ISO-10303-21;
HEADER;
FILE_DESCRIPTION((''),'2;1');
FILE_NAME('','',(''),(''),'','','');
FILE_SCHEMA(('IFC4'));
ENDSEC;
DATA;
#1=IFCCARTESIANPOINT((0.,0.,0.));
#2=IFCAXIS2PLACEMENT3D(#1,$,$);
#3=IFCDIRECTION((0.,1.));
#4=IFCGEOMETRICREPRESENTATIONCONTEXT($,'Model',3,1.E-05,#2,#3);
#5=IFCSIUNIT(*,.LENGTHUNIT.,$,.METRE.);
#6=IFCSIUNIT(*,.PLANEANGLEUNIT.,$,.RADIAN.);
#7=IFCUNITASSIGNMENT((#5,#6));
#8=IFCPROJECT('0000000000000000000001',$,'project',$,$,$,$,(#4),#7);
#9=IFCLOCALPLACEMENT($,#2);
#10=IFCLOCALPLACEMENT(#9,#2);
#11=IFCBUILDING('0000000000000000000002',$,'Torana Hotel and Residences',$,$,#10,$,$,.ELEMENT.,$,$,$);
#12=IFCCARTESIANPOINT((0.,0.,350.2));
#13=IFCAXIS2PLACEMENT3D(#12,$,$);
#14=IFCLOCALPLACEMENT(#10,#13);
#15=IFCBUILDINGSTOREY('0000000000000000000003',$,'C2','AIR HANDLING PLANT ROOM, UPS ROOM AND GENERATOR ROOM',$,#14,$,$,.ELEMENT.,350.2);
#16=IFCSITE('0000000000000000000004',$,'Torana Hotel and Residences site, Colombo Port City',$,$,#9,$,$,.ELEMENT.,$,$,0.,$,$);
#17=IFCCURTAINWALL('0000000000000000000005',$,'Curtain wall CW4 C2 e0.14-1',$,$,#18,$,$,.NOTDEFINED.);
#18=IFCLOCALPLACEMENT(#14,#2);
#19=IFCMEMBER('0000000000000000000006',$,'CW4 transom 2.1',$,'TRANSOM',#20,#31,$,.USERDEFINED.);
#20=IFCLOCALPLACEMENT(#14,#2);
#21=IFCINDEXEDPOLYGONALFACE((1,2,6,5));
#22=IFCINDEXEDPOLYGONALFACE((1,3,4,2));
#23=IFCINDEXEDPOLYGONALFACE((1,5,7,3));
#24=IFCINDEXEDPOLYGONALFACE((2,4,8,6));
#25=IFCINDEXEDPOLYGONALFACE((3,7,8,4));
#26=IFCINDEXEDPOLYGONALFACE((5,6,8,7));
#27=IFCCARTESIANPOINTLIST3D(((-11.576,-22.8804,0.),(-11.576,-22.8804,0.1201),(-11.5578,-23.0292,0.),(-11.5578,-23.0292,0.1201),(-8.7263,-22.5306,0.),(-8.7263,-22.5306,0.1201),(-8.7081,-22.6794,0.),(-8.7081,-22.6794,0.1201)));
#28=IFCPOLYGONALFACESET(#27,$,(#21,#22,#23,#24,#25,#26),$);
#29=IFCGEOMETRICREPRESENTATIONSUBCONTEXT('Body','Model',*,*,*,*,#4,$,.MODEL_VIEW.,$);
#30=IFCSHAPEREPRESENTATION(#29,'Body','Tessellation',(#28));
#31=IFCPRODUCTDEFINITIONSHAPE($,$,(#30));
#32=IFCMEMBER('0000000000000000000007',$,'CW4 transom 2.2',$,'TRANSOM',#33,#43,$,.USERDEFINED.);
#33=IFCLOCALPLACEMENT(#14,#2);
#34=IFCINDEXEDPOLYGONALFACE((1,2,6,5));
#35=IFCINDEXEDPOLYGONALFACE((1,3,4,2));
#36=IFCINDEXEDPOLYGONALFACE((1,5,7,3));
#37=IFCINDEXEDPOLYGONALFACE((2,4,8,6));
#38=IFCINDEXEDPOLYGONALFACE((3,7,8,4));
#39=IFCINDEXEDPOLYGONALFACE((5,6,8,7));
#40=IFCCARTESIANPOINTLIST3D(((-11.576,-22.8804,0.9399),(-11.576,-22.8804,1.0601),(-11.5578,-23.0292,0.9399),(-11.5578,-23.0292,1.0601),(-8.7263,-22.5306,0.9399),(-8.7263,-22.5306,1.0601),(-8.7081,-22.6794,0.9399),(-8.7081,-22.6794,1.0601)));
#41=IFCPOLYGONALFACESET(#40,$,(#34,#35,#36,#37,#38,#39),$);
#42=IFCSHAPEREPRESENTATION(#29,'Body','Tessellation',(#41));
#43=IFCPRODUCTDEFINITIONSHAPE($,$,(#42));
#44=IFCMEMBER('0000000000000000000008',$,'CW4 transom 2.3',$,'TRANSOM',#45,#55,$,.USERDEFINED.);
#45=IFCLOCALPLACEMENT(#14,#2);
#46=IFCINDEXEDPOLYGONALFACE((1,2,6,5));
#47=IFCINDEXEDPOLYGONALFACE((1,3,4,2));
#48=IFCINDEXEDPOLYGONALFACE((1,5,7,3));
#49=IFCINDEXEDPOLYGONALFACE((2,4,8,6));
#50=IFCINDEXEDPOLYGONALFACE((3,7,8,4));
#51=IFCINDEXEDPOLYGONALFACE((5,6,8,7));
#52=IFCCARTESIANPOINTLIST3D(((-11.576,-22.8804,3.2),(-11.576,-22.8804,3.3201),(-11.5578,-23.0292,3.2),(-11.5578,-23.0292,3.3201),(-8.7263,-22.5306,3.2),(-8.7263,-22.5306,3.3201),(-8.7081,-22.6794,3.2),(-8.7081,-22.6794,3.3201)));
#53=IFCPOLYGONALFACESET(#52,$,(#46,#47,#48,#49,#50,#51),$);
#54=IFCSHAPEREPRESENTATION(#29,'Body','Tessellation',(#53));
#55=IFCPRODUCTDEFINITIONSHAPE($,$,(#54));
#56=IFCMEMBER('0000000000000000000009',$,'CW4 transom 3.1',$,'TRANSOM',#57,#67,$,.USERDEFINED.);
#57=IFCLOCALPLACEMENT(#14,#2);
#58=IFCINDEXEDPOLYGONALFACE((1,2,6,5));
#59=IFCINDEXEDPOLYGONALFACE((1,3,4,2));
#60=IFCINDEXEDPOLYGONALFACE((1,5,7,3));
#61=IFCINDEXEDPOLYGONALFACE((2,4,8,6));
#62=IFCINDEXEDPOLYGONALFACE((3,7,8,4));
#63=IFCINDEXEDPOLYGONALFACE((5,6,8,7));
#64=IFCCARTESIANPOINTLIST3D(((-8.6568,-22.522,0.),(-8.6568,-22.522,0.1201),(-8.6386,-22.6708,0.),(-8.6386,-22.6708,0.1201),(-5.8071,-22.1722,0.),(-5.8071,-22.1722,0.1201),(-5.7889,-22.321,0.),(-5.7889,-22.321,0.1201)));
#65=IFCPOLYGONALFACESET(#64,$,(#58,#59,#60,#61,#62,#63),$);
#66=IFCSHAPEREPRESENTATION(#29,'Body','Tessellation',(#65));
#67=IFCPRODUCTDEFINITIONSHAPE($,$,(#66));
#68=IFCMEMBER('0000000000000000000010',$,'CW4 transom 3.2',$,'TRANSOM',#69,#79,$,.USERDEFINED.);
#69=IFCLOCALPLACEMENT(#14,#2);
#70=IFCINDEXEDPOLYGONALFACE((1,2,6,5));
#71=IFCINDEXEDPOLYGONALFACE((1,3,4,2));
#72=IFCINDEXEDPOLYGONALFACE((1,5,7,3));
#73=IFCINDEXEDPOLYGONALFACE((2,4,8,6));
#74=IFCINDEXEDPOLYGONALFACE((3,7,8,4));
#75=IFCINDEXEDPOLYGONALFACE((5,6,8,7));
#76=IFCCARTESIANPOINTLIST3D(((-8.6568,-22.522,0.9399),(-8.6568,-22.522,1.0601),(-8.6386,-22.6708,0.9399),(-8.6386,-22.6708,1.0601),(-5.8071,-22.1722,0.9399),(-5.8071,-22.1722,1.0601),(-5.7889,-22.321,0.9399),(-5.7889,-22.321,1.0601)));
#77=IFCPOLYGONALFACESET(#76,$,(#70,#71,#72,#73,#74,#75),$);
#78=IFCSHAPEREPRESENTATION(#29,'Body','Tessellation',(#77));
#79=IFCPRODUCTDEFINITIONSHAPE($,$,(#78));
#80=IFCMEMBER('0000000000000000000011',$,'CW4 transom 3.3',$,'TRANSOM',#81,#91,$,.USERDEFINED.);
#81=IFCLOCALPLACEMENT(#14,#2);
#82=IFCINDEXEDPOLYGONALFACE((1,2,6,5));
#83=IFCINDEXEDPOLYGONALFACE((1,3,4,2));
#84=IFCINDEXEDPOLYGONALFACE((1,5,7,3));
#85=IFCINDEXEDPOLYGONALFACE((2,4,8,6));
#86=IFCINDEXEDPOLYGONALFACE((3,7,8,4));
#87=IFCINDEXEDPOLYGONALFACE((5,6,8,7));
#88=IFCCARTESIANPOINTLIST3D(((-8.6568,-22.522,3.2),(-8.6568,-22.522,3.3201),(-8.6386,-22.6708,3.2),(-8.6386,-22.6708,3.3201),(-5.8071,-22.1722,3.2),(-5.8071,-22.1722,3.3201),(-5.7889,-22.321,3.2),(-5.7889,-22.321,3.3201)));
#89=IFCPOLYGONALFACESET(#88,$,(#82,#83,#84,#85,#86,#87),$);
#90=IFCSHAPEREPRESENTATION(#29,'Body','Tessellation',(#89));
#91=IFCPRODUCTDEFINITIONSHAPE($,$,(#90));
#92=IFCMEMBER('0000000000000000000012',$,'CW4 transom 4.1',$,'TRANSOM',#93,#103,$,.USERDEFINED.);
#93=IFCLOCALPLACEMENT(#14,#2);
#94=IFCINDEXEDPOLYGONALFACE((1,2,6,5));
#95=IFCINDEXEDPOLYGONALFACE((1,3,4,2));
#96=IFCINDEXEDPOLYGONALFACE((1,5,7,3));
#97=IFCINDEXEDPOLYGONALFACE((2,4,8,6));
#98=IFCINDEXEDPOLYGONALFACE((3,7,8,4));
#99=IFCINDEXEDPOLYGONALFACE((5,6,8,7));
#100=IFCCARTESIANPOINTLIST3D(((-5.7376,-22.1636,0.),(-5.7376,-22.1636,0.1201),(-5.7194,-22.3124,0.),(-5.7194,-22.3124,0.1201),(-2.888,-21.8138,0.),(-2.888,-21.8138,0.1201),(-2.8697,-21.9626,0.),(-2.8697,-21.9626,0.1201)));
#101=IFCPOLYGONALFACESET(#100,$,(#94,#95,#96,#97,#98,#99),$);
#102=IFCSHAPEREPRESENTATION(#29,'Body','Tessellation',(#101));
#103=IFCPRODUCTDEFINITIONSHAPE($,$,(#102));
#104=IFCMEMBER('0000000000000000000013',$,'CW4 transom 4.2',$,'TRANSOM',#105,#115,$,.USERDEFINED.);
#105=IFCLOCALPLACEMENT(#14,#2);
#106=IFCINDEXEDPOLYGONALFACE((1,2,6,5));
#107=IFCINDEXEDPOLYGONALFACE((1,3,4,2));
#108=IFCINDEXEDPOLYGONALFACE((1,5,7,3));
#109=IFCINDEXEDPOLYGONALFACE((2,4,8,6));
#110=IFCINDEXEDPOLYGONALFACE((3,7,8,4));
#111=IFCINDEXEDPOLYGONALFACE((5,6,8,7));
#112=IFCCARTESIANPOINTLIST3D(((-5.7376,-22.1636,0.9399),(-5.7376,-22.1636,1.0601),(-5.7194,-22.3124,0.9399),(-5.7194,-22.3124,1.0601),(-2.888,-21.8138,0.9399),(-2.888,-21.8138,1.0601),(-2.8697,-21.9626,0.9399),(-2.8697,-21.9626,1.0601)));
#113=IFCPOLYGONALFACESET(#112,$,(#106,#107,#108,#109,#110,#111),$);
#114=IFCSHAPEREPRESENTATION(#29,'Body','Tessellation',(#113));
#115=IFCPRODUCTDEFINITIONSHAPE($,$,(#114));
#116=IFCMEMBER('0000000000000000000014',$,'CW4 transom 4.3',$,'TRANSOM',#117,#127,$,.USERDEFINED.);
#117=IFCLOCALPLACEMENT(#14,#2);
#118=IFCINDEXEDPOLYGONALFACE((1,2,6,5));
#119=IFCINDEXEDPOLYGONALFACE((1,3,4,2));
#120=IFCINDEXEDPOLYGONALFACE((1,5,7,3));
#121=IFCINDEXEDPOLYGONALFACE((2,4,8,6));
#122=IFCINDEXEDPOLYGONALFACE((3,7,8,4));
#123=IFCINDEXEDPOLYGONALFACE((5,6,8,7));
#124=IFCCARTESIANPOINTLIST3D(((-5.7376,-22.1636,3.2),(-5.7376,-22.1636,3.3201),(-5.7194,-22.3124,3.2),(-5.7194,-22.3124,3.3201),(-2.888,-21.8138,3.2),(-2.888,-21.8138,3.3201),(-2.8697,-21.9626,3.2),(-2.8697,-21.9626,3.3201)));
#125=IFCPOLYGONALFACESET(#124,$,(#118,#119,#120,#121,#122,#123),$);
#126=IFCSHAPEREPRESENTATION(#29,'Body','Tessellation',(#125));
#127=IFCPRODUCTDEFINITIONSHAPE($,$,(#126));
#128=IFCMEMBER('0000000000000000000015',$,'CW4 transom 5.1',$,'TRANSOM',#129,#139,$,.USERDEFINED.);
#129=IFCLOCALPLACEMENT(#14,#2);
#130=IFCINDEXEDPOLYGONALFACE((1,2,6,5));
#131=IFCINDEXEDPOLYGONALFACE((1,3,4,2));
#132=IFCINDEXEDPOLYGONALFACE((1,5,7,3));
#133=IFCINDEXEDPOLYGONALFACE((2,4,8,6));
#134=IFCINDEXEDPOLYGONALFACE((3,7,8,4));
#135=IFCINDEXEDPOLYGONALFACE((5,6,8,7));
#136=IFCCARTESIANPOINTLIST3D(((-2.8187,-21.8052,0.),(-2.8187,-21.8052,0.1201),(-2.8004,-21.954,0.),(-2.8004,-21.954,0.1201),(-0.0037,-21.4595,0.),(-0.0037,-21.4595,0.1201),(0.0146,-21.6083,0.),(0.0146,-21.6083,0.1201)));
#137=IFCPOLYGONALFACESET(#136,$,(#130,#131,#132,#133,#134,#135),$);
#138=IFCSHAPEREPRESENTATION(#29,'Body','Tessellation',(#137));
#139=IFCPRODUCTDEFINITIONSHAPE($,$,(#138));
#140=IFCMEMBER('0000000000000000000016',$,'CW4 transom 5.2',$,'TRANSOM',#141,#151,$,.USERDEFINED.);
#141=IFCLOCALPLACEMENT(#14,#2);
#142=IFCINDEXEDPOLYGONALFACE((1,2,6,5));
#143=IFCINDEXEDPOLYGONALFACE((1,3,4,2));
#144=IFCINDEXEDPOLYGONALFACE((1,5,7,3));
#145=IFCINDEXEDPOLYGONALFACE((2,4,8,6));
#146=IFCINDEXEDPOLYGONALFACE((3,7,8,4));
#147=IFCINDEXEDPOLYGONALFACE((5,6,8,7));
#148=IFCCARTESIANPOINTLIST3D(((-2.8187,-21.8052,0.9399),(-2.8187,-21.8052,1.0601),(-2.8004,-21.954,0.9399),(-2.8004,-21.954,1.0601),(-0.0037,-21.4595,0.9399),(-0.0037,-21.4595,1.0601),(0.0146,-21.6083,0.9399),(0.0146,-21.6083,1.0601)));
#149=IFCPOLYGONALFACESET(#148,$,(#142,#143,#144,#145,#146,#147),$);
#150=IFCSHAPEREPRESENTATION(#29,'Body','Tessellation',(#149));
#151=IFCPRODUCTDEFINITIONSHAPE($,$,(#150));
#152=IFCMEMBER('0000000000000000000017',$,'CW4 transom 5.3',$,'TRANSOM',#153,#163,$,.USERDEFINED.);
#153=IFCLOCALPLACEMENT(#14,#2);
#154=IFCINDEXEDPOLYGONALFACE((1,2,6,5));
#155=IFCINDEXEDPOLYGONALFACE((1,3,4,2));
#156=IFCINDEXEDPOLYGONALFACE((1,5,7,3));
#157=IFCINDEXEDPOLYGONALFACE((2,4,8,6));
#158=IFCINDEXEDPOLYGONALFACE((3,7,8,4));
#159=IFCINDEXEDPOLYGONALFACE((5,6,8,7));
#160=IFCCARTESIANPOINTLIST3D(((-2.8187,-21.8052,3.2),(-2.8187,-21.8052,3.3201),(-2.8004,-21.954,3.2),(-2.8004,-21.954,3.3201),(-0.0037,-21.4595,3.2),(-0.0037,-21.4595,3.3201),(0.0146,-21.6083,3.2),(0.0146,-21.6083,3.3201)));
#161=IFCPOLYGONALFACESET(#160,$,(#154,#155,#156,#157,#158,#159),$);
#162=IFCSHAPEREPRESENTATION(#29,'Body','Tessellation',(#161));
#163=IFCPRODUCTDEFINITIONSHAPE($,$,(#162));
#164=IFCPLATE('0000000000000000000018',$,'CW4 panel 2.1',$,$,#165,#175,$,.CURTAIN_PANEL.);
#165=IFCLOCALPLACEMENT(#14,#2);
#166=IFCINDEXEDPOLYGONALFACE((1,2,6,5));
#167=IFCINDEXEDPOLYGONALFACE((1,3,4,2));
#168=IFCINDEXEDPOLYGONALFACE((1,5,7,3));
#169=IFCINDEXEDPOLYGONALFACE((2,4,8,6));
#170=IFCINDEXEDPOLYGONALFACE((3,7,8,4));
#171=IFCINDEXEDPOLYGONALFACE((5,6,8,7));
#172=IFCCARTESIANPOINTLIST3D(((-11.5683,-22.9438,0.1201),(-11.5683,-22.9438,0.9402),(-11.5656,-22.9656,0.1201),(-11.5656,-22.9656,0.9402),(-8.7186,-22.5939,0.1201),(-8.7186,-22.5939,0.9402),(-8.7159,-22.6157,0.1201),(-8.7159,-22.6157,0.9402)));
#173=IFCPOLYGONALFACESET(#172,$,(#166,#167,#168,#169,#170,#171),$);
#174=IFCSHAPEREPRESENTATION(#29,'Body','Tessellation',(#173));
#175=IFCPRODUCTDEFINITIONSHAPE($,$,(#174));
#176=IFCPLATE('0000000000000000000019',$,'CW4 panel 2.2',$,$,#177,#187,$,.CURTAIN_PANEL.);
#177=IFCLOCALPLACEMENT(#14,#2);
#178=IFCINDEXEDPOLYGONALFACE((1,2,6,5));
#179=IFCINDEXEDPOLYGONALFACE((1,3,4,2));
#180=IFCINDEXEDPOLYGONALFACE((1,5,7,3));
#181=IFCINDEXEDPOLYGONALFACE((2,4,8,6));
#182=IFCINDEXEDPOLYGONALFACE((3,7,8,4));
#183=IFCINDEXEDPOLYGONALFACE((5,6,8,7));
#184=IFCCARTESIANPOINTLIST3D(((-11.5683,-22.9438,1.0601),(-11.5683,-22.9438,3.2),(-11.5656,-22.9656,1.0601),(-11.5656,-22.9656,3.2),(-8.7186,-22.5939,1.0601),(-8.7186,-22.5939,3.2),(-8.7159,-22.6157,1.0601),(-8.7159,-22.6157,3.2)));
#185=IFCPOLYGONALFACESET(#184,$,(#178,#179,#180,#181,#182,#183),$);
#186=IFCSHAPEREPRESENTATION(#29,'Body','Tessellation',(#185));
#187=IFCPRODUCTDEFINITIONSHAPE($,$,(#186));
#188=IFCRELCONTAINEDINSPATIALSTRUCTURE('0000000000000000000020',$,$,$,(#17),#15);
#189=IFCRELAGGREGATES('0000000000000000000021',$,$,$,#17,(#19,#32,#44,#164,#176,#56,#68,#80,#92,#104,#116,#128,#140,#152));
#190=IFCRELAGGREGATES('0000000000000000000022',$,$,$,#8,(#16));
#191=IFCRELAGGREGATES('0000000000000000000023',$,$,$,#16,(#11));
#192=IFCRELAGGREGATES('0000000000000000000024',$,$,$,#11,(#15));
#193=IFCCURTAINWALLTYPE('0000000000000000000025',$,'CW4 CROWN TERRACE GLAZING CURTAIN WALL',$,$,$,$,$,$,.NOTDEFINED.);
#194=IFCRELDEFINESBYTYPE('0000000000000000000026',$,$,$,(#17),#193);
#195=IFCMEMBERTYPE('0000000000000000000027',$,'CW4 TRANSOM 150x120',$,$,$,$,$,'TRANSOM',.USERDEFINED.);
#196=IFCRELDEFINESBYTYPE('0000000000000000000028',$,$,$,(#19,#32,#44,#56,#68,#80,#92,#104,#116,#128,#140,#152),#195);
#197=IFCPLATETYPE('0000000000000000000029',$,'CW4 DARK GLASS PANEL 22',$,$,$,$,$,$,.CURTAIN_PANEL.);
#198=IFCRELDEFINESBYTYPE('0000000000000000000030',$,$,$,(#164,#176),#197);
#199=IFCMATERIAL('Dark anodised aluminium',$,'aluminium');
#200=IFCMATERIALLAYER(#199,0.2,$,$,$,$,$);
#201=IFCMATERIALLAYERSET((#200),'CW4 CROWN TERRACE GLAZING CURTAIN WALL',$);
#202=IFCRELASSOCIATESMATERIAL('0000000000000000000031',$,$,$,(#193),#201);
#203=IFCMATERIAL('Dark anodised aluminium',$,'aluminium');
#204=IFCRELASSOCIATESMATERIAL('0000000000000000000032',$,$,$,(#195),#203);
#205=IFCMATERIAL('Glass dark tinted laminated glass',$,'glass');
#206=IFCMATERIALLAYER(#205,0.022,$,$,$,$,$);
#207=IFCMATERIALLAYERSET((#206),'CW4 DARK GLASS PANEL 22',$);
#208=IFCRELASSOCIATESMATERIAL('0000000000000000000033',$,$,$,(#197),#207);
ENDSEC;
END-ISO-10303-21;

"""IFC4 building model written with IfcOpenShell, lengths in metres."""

from ifc_helpers import new_model, si_unit, direction, frame, origin, origin_2d, place, context, subcontext, project, spatial, rectangle, extrude, material, layer, layer_set, material_profile, profile_set, type_object, element, aggregate, save


model = new_model("IFC4")

# Units and contexts
model_context = context("Model", 3, precision=1e-05, world=origin(), true_north=direction((0.0, 1.0)))
body_context = subcontext(model_context, "Body", "Model", "MODEL_VIEW")
ifc_project = project(units=[si_unit("LENGTHUNIT", "METRE"), si_unit("PLANEANGLEUNIT", "RADIAN")], contexts=[model_context])

# Site, building, storey
site_placement = place(None, origin())
site = spatial("IfcSite", under=ifc_project, at=site_placement, Name="Torana Hotel and Residences site, Colombo Port City", CompositionType="ELEMENT", RefElevation=0.0)
building_placement = place(site_placement, origin())
building = spatial("IfcBuilding", under=site, at=building_placement, Name="Torana Hotel and Residences", CompositionType="ELEMENT")
storey_placement = place(building_placement, frame((0.0, 0.0, 350.2)))
storey = spatial("IfcBuildingStorey", under=building, at=storey_placement, Name="C2", Description="AIR HANDLING PLANT ROOM, UPS ROOM AND GENERATOR ROOM", CompositionType="ELEMENT", Elevation=350.2)

# Curtain wall, members, plates
ifc_material_1 = material(Name="Dark anodised aluminium", Category="aluminium")
ifc_layer_1 = layer(ifc_material_1, 0.2)
ifc_layer_set_1 = layer_set([ifc_layer_1], Name="CW4 CROWN TERRACE GLAZING CURTAIN WALL")
curtain_wall_type = type_object("IfcCurtainWallType", Name="CW4 CROWN TERRACE GLAZING CURTAIN WALL", PredefinedType="NOTDEFINED", material=ifc_layer_set_1)
curtain_wall_placement = place(storey_placement, origin())
curtain_wall = element("IfcCurtainWall", 1, at=curtain_wall_placement, inside=storey, type_object=curtain_wall_type, Name="Curtain wall CW4 C2 e0.14-1", PredefinedType="NOTDEFINED")
ifc_material_2 = material(Name="Dark anodised aluminium", Category="aluminium")
ifc_material_profile_1 = material_profile(ifc_material_2, rectangle(XDim=0.1499, YDim=0.1201, at=origin_2d()), Name="CW4 TRANSOM 150x120")
ifc_profile_set_1 = profile_set([ifc_material_profile_1], Name="Dark anodised aluminium")
member_type_1 = type_object("IfcMemberType", Name="CW4 TRANSOM 150x120", ElementType="TRANSOM", PredefinedType="USERDEFINED", material=ifc_profile_set_1)
member_1_placement = place(storey_placement, frame((-11.5669, -22.9548, 0.0601), z_axis=(0.992548, 0.121857, 0.0), x_axis=(-0.121857, 0.992548, 0.0)))
member_1 = element("IfcMember", 2, at=member_1_placement, type_object=member_type_1, Name="CW4 transom 2.1", ObjectType="TRANSOM", PredefinedType="USERDEFINED", context=body_context, shape_type="SweptSolid", body=[
    extrude(rectangle(XDim=0.1499, YDim=0.1201, at=origin_2d()), origin(), (0.0, 0.0, 1.0), 2.8711),
])
member_2_placement = place(storey_placement, frame((-11.5669, -22.9548, 1.0), z_axis=(0.992548, 0.121857, 0.0), x_axis=(-0.121857, 0.992548, 0.0)))
member_2 = element("IfcMember", 3, at=member_2_placement, type_object=member_type_1, Name="CW4 transom 2.2", ObjectType="TRANSOM", PredefinedType="USERDEFINED", context=body_context, shape_type="SweptSolid", body=[
    extrude(rectangle(XDim=0.1499, YDim=0.1201, at=origin_2d()), origin(), (0.0, 0.0, 1.0), 2.8711),
])
member_3_placement = place(storey_placement, frame((-11.5669, -22.9548, 3.26), z_axis=(0.992548, 0.121857, 0.0), x_axis=(-0.121857, 0.992548, 0.0)))
member_3 = element("IfcMember", 4, at=member_3_placement, type_object=member_type_1, Name="CW4 transom 2.3", ObjectType="TRANSOM", PredefinedType="USERDEFINED", context=body_context, shape_type="SweptSolid", body=[
    extrude(rectangle(XDim=0.1499, YDim=0.1201, at=origin_2d()), origin(), (0.0, 0.0, 1.0), 2.8711),
])
member_4_placement = place(storey_placement, frame((-8.6477, -22.5964, 0.0601), z_axis=(0.992548, 0.121857, 0.0), x_axis=(-0.121857, 0.992548, 0.0)))
member_4 = element("IfcMember", 5, at=member_4_placement, type_object=member_type_1, Name="CW4 transom 3.1", ObjectType="TRANSOM", PredefinedType="USERDEFINED", context=body_context, shape_type="SweptSolid", body=[
    extrude(rectangle(XDim=0.1499, YDim=0.1201, at=origin_2d()), origin(), (0.0, 0.0, 1.0), 2.8711),
])
member_5_placement = place(storey_placement, frame((-8.6477, -22.5964, 1.0), z_axis=(0.992548, 0.121857, 0.0), x_axis=(-0.121857, 0.992548, 0.0)))
member_5 = element("IfcMember", 6, at=member_5_placement, type_object=member_type_1, Name="CW4 transom 3.2", ObjectType="TRANSOM", PredefinedType="USERDEFINED", context=body_context, shape_type="SweptSolid", body=[
    extrude(rectangle(XDim=0.1499, YDim=0.1201, at=origin_2d()), origin(), (0.0, 0.0, 1.0), 2.8711),
])
member_6_placement = place(storey_placement, frame((-8.6477, -22.5964, 3.26), z_axis=(0.992548, 0.121857, 0.0), x_axis=(-0.121857, 0.992548, 0.0)))
member_6 = element("IfcMember", 7, at=member_6_placement, type_object=member_type_1, Name="CW4 transom 3.3", ObjectType="TRANSOM", PredefinedType="USERDEFINED", context=body_context, shape_type="SweptSolid", body=[
    extrude(rectangle(XDim=0.1499, YDim=0.1201, at=origin_2d()), origin(), (0.0, 0.0, 1.0), 2.8711),
])
member_7_placement = place(storey_placement, frame((-5.7285, -22.238, 0.0601), z_axis=(0.992548, 0.121857, 0.0), x_axis=(-0.121857, 0.992548, 0.0)))
member_7 = element("IfcMember", 8, at=member_7_placement, type_object=member_type_1, Name="CW4 transom 4.1", ObjectType="TRANSOM", PredefinedType="USERDEFINED", context=body_context, shape_type="SweptSolid", body=[
    extrude(rectangle(XDim=0.1499, YDim=0.1201, at=origin_2d()), origin(), (0.0, 0.0, 1.0), 2.8711),
])
member_8_placement = place(storey_placement, frame((-5.7285, -22.238, 1.0), z_axis=(0.992548, 0.121857, 0.0), x_axis=(-0.121857, 0.992548, 0.0)))
member_8 = element("IfcMember", 9, at=member_8_placement, type_object=member_type_1, Name="CW4 transom 4.2", ObjectType="TRANSOM", PredefinedType="USERDEFINED", context=body_context, shape_type="SweptSolid", body=[
    extrude(rectangle(XDim=0.1499, YDim=0.1201, at=origin_2d()), origin(), (0.0, 0.0, 1.0), 2.8711),
])
member_9_placement = place(storey_placement, frame((-5.7285, -22.238, 3.26), z_axis=(0.992548, 0.121857, 0.0), x_axis=(-0.121857, 0.992548, 0.0)))
member_9 = element("IfcMember", 10, at=member_9_placement, type_object=member_type_1, Name="CW4 transom 4.3", ObjectType="TRANSOM", PredefinedType="USERDEFINED", context=body_context, shape_type="SweptSolid", body=[
    extrude(rectangle(XDim=0.1499, YDim=0.1201, at=origin_2d()), origin(), (0.0, 0.0, 1.0), 2.8711),
])
member_10_placement = place(storey_placement, frame((-2.8096, -21.8796, 0.0601), z_axis=(0.992543, 0.121894, 0.0), x_axis=(-0.121894, 0.992543, 0.0)))
member_10 = element("IfcMember", 11, at=member_10_placement, type_object=member_type_1, Name="CW4 transom 5.1", ObjectType="TRANSOM", PredefinedType="USERDEFINED", context=body_context, shape_type="SweptSolid", body=[
    extrude(rectangle(XDim=0.1499, YDim=0.1201, at=origin_2d()), origin(), (0.0, 0.0, 1.0), 2.8362),
])
member_11_placement = place(storey_placement, frame((-2.8096, -21.8796, 1.0), z_axis=(0.992543, 0.121894, 0.0), x_axis=(-0.121894, 0.992543, 0.0)))
member_11 = element("IfcMember", 12, at=member_11_placement, type_object=member_type_1, Name="CW4 transom 5.2", ObjectType="TRANSOM", PredefinedType="USERDEFINED", context=body_context, shape_type="SweptSolid", body=[
    extrude(rectangle(XDim=0.1499, YDim=0.1201, at=origin_2d()), origin(), (0.0, 0.0, 1.0), 2.8362),
])
member_12_placement = place(storey_placement, frame((-2.8096, -21.8796, 3.26), z_axis=(0.992543, 0.121894, 0.0), x_axis=(-0.121894, 0.992543, 0.0)))
member_12 = element("IfcMember", 13, at=member_12_placement, type_object=member_type_1, Name="CW4 transom 5.3", ObjectType="TRANSOM", PredefinedType="USERDEFINED", context=body_context, shape_type="SweptSolid", body=[
    extrude(rectangle(XDim=0.1499, YDim=0.1201, at=origin_2d()), origin(), (0.0, 0.0, 1.0), 2.8362),
])
ifc_material_3 = material(Name="Glass dark tinted laminated glass", Category="glass")
ifc_layer_2 = layer(ifc_material_3, 0.022)
ifc_layer_set_2 = layer_set([ifc_layer_2], Name="CW4 DARK GLASS PANEL 22")
plate_type = type_object("IfcPlateType", Name="CW4 DARK GLASS PANEL 22", PredefinedType="CURTAIN_PANEL", material=ifc_layer_set_2)
plate_1_placement = place(storey_placement, frame((-10.1421, -22.7798, 0.1201), z_axis=(0.0, 0.0, 1.0), x_axis=(0.992547, 0.121863, 0.0)))
plate_1 = element("IfcPlate", 14, at=plate_1_placement, type_object=plate_type, Name="CW4 panel 2.1", PredefinedType="CURTAIN_PANEL", context=body_context, shape_type="SweptSolid", body=[
    extrude(rectangle(XDim=2.8711, YDim=0.022, at=origin_2d()), origin(), (0.0, 0.0, 1.0), 0.8201),
])
plate_2_placement = place(storey_placement, frame((-10.1421, -22.7798, 1.0601), z_axis=(0.0, 0.0, 1.0), x_axis=(0.992547, 0.121863, 0.0)))
plate_2 = element("IfcPlate", 15, at=plate_2_placement, type_object=plate_type, Name="CW4 panel 2.2", PredefinedType="CURTAIN_PANEL", context=body_context, shape_type="SweptSolid", body=[
    extrude(rectangle(XDim=2.8711, YDim=0.022, at=origin_2d()), origin(), (0.0, 0.0, 1.0), 2.1399),
])
aggregate(curtain_wall, [member_1, member_2, member_3, plate_1, plate_2, member_4, member_5, member_6, member_7, member_8, member_9, member_10, member_11, member_12])

save(model, "model.ifc")
